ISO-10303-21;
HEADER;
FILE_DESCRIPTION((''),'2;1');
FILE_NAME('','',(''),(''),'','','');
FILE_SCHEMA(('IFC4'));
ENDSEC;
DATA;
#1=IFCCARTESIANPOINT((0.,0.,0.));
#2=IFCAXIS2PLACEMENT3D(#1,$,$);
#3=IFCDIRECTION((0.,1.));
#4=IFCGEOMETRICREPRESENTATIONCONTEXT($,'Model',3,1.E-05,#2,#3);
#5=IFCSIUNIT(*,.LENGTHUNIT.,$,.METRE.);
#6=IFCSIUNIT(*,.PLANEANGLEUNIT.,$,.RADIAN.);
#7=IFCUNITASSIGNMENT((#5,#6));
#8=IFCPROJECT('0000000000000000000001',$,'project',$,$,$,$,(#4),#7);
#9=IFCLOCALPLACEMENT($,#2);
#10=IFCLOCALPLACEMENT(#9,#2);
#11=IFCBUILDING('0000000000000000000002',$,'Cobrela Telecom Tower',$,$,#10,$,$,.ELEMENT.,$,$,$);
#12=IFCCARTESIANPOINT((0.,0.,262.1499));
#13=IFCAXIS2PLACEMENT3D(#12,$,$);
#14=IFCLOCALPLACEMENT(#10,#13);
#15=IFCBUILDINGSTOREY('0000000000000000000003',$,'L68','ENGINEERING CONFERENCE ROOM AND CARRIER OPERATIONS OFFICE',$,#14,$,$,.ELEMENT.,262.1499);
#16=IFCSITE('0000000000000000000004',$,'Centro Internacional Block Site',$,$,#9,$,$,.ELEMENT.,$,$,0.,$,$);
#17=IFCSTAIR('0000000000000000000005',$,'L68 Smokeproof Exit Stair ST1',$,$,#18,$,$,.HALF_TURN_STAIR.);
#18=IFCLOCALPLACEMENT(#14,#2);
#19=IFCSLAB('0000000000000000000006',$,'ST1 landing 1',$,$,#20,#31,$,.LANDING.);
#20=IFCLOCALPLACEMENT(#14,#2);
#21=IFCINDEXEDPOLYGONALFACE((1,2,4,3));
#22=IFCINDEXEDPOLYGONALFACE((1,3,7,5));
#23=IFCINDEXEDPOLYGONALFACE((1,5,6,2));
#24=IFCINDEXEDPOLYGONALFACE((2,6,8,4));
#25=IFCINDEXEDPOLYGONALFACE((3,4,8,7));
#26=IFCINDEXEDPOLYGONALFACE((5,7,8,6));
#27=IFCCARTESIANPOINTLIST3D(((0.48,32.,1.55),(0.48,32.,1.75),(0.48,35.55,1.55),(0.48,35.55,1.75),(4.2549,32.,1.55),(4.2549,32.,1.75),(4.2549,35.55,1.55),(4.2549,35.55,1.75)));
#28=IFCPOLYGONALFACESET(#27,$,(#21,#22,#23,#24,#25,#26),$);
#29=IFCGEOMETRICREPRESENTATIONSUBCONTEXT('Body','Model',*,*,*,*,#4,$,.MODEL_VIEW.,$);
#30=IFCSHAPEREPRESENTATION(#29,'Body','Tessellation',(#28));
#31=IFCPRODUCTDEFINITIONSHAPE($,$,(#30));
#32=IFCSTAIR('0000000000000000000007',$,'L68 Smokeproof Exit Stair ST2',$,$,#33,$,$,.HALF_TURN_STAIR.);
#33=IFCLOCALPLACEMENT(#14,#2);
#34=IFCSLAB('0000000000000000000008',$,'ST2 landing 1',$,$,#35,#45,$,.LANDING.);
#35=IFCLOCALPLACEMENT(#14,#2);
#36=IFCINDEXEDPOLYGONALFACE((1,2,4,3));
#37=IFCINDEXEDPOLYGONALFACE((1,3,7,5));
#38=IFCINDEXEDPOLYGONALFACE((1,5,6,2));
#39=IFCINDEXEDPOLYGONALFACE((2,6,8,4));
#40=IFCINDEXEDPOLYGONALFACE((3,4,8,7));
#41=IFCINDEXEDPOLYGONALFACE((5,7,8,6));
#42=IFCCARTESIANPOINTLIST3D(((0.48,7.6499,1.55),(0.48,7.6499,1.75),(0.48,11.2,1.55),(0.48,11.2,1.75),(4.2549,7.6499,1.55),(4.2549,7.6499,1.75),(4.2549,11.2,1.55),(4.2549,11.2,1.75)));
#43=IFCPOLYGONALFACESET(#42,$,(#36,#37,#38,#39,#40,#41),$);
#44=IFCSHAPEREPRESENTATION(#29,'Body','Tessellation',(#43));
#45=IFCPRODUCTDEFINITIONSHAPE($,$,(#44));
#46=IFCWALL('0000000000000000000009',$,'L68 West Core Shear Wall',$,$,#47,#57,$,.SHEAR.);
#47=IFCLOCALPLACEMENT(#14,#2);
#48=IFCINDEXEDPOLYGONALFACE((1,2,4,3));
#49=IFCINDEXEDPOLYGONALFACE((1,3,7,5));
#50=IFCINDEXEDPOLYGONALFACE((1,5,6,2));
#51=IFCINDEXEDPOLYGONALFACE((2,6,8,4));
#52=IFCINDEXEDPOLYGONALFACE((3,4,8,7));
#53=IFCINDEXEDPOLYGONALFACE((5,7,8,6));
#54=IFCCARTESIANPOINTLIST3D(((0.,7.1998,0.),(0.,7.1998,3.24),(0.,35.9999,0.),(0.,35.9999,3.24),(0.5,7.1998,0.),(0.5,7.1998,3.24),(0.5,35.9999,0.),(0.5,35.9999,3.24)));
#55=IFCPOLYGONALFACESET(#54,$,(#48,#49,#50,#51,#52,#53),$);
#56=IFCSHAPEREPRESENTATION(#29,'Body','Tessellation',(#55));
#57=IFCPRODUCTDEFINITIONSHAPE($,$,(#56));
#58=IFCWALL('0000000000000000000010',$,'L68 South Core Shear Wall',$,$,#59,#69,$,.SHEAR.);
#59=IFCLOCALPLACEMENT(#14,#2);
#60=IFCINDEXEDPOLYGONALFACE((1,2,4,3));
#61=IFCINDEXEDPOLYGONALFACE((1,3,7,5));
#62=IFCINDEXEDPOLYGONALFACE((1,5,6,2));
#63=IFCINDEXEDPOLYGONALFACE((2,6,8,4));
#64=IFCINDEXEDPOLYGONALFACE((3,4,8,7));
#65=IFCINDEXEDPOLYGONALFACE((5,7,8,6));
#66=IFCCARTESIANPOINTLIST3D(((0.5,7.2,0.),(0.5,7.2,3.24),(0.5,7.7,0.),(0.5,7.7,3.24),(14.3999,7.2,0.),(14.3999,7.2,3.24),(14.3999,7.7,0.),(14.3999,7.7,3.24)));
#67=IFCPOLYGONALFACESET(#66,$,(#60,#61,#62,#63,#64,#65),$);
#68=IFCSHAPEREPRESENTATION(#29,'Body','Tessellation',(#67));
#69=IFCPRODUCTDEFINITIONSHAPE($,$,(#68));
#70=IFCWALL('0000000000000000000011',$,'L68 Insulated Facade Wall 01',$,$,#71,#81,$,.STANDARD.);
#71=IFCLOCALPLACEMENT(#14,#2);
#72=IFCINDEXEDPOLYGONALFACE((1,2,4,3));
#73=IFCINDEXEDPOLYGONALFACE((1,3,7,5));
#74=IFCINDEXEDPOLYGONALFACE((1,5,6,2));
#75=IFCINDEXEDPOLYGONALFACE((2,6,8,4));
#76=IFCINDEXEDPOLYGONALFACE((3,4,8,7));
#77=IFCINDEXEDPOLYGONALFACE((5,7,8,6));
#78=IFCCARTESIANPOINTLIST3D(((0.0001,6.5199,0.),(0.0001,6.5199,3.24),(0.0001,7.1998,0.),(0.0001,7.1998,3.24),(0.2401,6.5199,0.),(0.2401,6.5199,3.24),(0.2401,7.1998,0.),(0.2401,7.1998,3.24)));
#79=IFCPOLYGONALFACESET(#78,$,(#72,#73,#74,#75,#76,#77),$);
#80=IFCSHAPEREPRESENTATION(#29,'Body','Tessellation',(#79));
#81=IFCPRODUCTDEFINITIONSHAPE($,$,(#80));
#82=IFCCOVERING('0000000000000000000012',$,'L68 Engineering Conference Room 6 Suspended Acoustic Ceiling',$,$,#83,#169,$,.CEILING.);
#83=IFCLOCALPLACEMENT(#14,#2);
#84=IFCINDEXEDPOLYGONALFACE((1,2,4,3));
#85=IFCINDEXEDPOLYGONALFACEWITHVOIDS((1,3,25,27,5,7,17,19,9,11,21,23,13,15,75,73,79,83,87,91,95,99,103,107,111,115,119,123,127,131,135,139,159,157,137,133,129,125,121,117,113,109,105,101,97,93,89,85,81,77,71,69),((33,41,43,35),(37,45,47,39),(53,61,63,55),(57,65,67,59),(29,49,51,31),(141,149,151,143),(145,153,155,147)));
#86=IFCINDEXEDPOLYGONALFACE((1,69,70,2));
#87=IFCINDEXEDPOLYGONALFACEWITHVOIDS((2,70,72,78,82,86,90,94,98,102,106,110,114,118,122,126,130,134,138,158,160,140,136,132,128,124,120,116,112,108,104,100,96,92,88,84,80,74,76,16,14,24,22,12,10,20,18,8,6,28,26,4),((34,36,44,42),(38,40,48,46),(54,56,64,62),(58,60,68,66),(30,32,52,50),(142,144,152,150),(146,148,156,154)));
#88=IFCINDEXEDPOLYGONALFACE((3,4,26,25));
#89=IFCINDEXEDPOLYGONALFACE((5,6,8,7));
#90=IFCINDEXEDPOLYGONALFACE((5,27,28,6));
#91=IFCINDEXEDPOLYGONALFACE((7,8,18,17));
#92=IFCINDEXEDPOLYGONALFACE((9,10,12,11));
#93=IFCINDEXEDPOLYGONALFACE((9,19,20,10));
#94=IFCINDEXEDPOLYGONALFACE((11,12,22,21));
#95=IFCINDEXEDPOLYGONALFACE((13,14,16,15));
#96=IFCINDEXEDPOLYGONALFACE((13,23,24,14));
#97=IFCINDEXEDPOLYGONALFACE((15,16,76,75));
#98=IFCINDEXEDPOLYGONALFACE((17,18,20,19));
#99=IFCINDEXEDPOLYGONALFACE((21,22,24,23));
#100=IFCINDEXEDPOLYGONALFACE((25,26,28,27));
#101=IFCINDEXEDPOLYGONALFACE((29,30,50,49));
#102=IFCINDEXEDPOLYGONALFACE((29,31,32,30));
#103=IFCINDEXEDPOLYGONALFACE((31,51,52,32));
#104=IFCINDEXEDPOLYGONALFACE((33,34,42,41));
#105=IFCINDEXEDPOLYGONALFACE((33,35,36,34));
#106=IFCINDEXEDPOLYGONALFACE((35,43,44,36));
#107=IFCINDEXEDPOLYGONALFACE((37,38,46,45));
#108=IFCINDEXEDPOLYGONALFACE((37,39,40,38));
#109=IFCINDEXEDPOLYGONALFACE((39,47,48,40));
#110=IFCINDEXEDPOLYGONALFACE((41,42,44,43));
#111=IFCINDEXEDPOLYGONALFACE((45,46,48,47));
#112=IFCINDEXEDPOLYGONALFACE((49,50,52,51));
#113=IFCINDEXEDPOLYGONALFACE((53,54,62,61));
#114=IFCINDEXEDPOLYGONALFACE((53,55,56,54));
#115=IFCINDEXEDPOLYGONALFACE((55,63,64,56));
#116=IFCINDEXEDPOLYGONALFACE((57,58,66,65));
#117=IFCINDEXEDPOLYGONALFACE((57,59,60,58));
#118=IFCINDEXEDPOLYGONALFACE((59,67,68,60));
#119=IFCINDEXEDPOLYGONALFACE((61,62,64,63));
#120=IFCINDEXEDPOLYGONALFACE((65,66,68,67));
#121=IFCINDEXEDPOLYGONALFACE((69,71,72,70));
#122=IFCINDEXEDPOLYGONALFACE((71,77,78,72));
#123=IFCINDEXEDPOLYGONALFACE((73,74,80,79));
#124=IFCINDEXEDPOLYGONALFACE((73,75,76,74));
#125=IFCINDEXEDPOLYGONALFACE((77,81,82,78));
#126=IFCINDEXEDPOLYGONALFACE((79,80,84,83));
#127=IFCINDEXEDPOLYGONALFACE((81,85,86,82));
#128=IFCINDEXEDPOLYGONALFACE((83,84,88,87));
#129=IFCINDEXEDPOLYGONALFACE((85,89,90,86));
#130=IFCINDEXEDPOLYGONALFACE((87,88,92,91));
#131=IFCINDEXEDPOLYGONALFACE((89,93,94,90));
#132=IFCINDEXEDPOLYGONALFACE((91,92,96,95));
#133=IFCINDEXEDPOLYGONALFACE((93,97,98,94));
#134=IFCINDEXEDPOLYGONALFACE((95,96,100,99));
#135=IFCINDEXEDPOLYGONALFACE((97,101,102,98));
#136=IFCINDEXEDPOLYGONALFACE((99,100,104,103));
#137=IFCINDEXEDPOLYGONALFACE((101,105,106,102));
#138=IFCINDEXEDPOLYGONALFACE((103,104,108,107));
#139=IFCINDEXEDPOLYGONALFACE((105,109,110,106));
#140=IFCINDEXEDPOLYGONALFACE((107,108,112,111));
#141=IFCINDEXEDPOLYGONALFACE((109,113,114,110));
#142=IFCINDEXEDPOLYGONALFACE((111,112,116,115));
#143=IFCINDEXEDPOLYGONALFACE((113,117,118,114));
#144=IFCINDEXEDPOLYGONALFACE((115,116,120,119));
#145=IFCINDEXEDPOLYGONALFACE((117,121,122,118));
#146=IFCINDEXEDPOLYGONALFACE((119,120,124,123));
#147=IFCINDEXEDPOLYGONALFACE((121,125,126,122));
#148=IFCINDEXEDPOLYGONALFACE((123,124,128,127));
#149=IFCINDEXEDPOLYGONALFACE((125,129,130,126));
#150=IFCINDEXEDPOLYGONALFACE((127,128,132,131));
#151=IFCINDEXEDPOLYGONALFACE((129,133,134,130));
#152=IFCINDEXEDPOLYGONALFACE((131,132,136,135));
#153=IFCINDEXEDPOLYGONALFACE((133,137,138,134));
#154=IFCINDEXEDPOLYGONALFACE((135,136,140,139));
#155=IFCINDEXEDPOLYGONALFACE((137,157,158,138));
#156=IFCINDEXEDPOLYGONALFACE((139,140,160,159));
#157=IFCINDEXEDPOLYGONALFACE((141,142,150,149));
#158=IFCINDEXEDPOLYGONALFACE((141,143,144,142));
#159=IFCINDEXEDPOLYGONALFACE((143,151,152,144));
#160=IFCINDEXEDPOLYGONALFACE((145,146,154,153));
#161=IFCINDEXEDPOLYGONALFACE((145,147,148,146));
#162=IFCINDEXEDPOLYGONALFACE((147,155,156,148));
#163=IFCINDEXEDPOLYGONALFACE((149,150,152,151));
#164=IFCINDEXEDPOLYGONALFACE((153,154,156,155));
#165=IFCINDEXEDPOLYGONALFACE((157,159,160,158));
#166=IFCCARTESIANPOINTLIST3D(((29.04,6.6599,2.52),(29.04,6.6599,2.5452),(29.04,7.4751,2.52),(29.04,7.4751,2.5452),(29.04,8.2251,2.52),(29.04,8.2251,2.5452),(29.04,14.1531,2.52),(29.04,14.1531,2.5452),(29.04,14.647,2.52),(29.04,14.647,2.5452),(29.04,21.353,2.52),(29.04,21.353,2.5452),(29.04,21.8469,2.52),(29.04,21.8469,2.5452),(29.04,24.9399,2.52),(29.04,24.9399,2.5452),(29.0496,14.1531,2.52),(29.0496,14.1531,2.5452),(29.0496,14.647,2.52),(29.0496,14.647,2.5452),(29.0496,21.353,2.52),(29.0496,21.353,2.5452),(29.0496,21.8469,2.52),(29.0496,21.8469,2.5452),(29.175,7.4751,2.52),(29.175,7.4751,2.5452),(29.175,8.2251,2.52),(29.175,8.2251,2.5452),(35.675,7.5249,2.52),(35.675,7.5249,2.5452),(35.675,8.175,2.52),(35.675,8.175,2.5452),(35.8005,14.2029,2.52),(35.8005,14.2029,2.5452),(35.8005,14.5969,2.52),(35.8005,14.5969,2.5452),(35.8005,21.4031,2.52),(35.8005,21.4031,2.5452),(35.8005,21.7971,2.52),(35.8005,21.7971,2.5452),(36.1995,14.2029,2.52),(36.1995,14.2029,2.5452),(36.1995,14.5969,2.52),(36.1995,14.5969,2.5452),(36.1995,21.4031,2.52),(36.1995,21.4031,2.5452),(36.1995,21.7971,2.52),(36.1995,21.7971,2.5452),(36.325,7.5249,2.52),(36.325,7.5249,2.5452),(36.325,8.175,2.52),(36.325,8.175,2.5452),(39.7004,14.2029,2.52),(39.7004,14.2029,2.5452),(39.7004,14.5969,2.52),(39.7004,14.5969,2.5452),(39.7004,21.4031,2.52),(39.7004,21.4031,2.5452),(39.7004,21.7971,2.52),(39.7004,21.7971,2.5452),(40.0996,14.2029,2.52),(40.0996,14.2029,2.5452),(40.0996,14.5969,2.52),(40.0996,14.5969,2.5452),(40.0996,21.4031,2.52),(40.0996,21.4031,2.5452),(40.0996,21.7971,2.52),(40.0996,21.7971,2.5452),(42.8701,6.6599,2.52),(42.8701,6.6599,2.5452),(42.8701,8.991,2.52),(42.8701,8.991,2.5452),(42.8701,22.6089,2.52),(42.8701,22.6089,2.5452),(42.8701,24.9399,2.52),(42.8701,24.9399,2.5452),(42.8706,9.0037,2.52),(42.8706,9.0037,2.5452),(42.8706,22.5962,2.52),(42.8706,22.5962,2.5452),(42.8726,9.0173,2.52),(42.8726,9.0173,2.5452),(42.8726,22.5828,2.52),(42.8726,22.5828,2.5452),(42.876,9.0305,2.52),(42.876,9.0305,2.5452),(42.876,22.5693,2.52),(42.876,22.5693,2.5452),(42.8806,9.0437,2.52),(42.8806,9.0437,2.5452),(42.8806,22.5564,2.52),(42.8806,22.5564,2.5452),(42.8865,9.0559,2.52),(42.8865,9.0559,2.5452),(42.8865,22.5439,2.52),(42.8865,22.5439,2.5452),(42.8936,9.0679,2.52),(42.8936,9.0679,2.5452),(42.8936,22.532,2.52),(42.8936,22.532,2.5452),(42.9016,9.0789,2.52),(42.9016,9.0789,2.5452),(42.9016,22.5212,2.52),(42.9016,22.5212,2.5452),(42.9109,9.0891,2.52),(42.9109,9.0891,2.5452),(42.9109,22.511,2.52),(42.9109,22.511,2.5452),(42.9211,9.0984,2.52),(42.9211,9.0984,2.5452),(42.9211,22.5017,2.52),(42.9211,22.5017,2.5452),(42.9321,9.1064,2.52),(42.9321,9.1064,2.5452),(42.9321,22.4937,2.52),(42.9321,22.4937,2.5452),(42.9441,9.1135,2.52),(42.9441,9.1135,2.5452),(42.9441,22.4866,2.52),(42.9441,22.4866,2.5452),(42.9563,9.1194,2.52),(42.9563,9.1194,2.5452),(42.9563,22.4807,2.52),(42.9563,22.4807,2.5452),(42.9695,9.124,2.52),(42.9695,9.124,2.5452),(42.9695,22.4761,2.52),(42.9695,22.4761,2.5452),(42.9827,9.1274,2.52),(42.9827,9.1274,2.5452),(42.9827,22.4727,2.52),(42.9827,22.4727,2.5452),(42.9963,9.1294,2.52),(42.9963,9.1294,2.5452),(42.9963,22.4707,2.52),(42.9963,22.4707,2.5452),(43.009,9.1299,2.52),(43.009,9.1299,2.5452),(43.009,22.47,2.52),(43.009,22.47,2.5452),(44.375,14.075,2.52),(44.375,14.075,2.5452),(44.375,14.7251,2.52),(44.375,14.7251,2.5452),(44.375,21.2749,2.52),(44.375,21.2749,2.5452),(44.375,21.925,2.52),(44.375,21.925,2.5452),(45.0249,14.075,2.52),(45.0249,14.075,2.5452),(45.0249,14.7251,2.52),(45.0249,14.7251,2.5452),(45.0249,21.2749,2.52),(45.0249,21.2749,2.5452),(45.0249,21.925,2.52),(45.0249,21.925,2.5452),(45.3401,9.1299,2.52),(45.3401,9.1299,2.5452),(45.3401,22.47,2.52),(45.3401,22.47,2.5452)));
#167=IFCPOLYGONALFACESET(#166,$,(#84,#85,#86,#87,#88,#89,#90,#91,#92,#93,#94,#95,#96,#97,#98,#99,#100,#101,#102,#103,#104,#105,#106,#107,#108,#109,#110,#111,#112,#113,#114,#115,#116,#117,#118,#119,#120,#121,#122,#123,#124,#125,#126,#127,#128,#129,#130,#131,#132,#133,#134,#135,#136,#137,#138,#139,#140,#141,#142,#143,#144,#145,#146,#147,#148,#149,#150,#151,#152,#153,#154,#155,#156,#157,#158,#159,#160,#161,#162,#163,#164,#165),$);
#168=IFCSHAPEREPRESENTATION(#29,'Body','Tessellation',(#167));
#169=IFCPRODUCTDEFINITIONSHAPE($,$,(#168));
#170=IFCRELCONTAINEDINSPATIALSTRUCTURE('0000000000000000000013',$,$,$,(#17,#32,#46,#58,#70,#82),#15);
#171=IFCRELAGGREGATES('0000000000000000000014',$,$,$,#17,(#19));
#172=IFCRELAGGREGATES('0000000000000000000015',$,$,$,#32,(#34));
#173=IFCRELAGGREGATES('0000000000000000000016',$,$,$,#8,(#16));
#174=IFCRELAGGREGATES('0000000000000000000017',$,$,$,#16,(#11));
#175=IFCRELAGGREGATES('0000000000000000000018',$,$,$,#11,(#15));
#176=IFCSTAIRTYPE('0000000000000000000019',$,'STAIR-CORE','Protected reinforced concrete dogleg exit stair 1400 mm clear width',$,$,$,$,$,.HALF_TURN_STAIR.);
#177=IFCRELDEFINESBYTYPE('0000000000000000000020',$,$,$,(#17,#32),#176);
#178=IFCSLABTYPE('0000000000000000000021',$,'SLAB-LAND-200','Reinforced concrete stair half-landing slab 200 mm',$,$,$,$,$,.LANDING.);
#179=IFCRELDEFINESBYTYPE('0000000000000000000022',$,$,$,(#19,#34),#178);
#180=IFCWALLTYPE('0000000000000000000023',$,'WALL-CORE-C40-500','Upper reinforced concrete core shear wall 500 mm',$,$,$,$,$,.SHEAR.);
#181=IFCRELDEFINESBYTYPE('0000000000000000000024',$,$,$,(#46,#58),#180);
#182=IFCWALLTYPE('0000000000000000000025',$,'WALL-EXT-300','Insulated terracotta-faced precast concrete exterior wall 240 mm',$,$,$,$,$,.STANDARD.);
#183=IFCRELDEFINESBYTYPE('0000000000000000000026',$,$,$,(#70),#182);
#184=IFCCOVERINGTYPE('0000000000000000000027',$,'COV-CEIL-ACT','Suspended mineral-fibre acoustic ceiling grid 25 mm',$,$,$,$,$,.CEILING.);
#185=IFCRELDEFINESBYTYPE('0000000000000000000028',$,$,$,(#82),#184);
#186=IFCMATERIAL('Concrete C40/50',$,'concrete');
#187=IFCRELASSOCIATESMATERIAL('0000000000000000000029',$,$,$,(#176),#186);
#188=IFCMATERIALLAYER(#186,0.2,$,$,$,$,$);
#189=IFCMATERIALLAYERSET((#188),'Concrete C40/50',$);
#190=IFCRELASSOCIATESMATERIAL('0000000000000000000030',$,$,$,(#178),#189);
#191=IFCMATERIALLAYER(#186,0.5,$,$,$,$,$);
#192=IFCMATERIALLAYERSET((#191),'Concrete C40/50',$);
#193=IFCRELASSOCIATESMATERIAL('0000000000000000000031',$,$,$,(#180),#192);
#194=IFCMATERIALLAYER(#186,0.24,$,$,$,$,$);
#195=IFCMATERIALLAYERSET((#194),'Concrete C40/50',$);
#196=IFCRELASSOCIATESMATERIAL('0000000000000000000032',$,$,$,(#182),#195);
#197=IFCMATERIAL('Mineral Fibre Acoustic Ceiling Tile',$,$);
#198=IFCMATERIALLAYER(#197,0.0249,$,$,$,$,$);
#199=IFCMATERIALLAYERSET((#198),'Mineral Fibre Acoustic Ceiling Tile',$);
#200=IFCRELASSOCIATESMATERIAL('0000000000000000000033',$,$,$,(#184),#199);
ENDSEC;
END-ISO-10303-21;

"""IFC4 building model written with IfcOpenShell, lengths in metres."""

from ifc_helpers import new_model, si_unit, direction, frame, frame_2d, origin, place, context, subcontext, project, spatial, polyline, rectangle, outline, extrude, material, layer, layer_set, type_object, element, aggregate, save


model = new_model("IFC4")

# Units and contexts
model_context = context("Model", 3, precision=1e-05, world=origin(), true_north=direction((0.0, 1.0)))
body_context = subcontext(model_context, "Body", "Model", "MODEL_VIEW")
ifc_project = project(units=[si_unit("LENGTHUNIT", "METRE"), si_unit("PLANEANGLEUNIT", "RADIAN")], contexts=[model_context])

# Site, building, storey
site_placement = place(None, origin())
site = spatial("IfcSite", under=ifc_project, at=site_placement, Name="Centro Internacional Block Site", CompositionType="ELEMENT", RefElevation=0.0)
building_placement = place(site_placement, origin())
building = spatial("IfcBuilding", under=site, at=building_placement, Name="Cobrela Telecom Tower", CompositionType="ELEMENT")
storey_placement = place(building_placement, frame((0.0, 0.0, 262.1499)))
storey = spatial("IfcBuildingStorey", under=building, at=storey_placement, Name="L68", Description="ENGINEERING CONFERENCE ROOM AND CARRIER OPERATIONS OFFICE", CompositionType="ELEMENT", Elevation=262.1499)

# Shared definitions
ifc_material_1 = material(Name="Concrete C40/50", Category="concrete")

# Stairs, slabs
stair_type = type_object("IfcStairType", Name="STAIR-CORE", Description="Protected reinforced concrete dogleg exit stair 1400 mm clear width", PredefinedType="HALF_TURN_STAIR", material=ifc_material_1)
stair_1_placement = place(storey_placement, origin())
stair_1 = element("IfcStair", 1, at=stair_1_placement, inside=storey, type_object=stair_type, Name="L68 Smokeproof Exit Stair ST1", PredefinedType="HALF_TURN_STAIR")
ifc_layer_1 = layer(ifc_material_1, 0.2)
ifc_layer_set_1 = layer_set([ifc_layer_1], Name="Concrete C40/50")
slab_type_1 = type_object("IfcSlabType", Name="SLAB-LAND-200", Description="Reinforced concrete stair half-landing slab 200 mm", PredefinedType="LANDING", material=ifc_layer_set_1)
slab_1_placement = place(storey_placement, frame((0.0, 0.0, 1.55)))
slab_1 = element("IfcSlab", 2, at=slab_1_placement, type_object=slab_type_1, Name="ST1 landing 1", PredefinedType="LANDING", context=body_context, shape_type="SweptSolid", body=[
    extrude(outline(polyline([(4.2549, 35.55), (0.48, 35.55), (0.48, 32.0), (4.2549, 32.0), (4.2549, 35.55)])), origin(), (0.0, 0.0, 1.0), 0.2),
])
aggregate(stair_1, [slab_1])
stair_2_placement = place(storey_placement, origin())
stair_2 = element("IfcStair", 3, at=stair_2_placement, inside=storey, type_object=stair_type, Name="L68 Smokeproof Exit Stair ST2", PredefinedType="HALF_TURN_STAIR")
slab_2_placement = place(storey_placement, frame((0.0, 0.0, 1.55)))
slab_2 = element("IfcSlab", 4, at=slab_2_placement, type_object=slab_type_1, Name="ST2 landing 1", PredefinedType="LANDING", context=body_context, shape_type="SweptSolid", body=[
    extrude(outline(polyline([(4.2549, 11.2), (0.48, 11.2), (0.48, 7.6499), (4.2549, 7.6499), (4.2549, 11.2)])), origin(), (0.0, 0.0, 1.0), 0.2),
])
aggregate(stair_2, [slab_2])

# Walls
ifc_layer_2 = layer(ifc_material_1, 0.5)
ifc_layer_set_2 = layer_set([ifc_layer_2], Name="Concrete C40/50")
wall_type_1 = type_object("IfcWallType", Name="WALL-CORE-C40-500", Description="Upper reinforced concrete core shear wall 500 mm", PredefinedType="SHEAR", material=ifc_layer_set_2)
wall_1_placement = place(storey_placement, frame((0.25, 7.2, 0.0), z_axis=(0.0, 0.0, 1.0), x_axis=(0.0, 1.0, 0.0)))
element("IfcWall", 5, at=wall_1_placement, inside=storey, type_object=wall_type_1, Name="L68 West Core Shear Wall", PredefinedType="SHEAR", context=body_context, shape_type="SweptSolid", body=[
    extrude(rectangle(XDim=28.8, YDim=0.5, at=frame_2d((14.3999, 0.0))), origin(), (0.0, 0.0, 1.0), 3.24),
])
wall_2_placement = place(storey_placement, frame((0.5, 7.45, 0.0), z_axis=(0.0, 0.0, 1.0), x_axis=(1.0, 0.0, 0.0)))
element("IfcWall", 6, at=wall_2_placement, inside=storey, type_object=wall_type_1, Name="L68 South Core Shear Wall", PredefinedType="SHEAR", context=body_context, shape_type="SweptSolid", body=[
    extrude(rectangle(XDim=13.8999, YDim=0.5, at=frame_2d((6.95, 0.0))), origin(), (0.0, 0.0, 1.0), 3.24),
])
ifc_layer_3 = layer(ifc_material_1, 0.24)
ifc_layer_set_3 = layer_set([ifc_layer_3], Name="Concrete C40/50")
wall_type_2 = type_object("IfcWallType", Name="WALL-EXT-300", Description="Insulated terracotta-faced precast concrete exterior wall 240 mm", PredefinedType="STANDARD", material=ifc_layer_set_3)
wall_3_placement = place(storey_placement, frame((0.1201, 6.52, 0.0), z_axis=(0.0, 0.0, 1.0), x_axis=(0.0, 1.0, 0.0)))
element("IfcWall", 7, at=wall_3_placement, inside=storey, type_object=wall_type_2, Name="L68 Insulated Facade Wall 01", PredefinedType="STANDARD", context=body_context, shape_type="SweptSolid", body=[
    extrude(rectangle(XDim=0.6799, YDim=0.24, at=frame_2d((0.3398, 0.0))), origin(), (0.0, 0.0, 1.0), 3.24),
])

# Covering
ifc_material_2 = material(Name="Mineral Fibre Acoustic Ceiling Tile")
ifc_layer_4 = layer(ifc_material_2, 0.0249)
ifc_layer_set_4 = layer_set([ifc_layer_4], Name="Mineral Fibre Acoustic Ceiling Tile")
covering_type_1 = type_object("IfcCoveringType", Name="COV-CEIL-ACT", Description="Suspended mineral-fibre acoustic ceiling grid 25 mm", PredefinedType="CEILING", material=ifc_layer_set_4)
covering_1_placement = place(storey_placement, frame((0.0, 0.0, 2.52)))
element("IfcCovering", 8, at=covering_1_placement, inside=storey, type_object=covering_type_1, Name="L68 Engineering Conference Room 6 Suspended Acoustic Ceiling", PredefinedType="CEILING", context=body_context, shape_type="SweptSolid", body=[
    extrude(outline(polyline([(29.0496, 14.1531), (29.0496, 14.647), (29.04, 14.647), (29.04, 21.353), (29.0496, 21.353), (29.0496, 21.8469), (29.04, 21.8469), (29.04, 24.9399), (42.8701, 24.9399), (42.8701, 22.6089), (42.8706, 22.5962), (42.8726, 22.5828), (42.876, 22.5693), (42.8806, 22.5564), (42.8865, 22.5439), (42.8936, 22.532), (42.9016, 22.5212), (42.9109, 22.511), (42.9211, 22.5017), (42.9321, 22.4937), (42.9441, 22.4866), (42.9563, 22.4807), (42.9695, 22.4761), (42.9827, 22.4727), (42.9963, 22.4707), (43.009, 22.47), (45.3401, 22.47), (45.3401, 9.1299), (43.009, 9.1299), (42.9963, 9.1294), (42.9827, 9.1274), (42.9695, 9.124), (42.9563, 9.1194), (42.9441, 9.1135), (42.9321, 9.1064), (42.9211, 9.0984), (42.9109, 9.0891), (42.9016, 9.0789), (42.8936, 9.0679), (42.8865, 9.0559), (42.8806, 9.0437), (42.876, 9.0305), (42.8726, 9.0173), (42.8706, 9.0037), (42.8701, 8.991), (42.8701, 6.6599), (29.04, 6.6599), (29.04, 7.4751), (29.175, 7.4751), (29.175, 8.2251), (29.04, 8.2251), (29.04, 14.1531), (29.0496, 14.1531)]), holes=[polyline([(36.325, 8.175), (35.675, 8.175), (35.675, 7.5249), (36.325, 7.5249), (36.325, 8.175)]), polyline([(36.1995, 14.5969), (35.8005, 14.5969), (35.8005, 14.2029), (36.1995, 14.2029), (36.1995, 14.5969)]), polyline([(40.0996, 14.5969), (39.7004, 14.5969), (39.7004, 14.2029), (40.0996, 14.2029), (40.0996, 14.5969)]), polyline([(45.0249, 14.7251), (44.375, 14.7251), (44.375, 14.075), (45.0249, 14.075), (45.0249, 14.7251)]), polyline([(36.1995, 21.7971), (35.8005, 21.7971), (35.8005, 21.4031), (36.1995, 21.4031), (36.1995, 21.7971)]), polyline([(40.0996, 21.4031), (40.0996, 21.7971), (39.7004, 21.7971), (39.7004, 21.4031), (40.0996, 21.4031)]), polyline([(45.0249, 21.2749), (45.0249, 21.925), (44.375, 21.925), (44.375, 21.2749), (45.0249, 21.2749)])]), origin(), (0.0, 0.0, 1.0), 0.0251),
])

save(model, "model.ifc")
